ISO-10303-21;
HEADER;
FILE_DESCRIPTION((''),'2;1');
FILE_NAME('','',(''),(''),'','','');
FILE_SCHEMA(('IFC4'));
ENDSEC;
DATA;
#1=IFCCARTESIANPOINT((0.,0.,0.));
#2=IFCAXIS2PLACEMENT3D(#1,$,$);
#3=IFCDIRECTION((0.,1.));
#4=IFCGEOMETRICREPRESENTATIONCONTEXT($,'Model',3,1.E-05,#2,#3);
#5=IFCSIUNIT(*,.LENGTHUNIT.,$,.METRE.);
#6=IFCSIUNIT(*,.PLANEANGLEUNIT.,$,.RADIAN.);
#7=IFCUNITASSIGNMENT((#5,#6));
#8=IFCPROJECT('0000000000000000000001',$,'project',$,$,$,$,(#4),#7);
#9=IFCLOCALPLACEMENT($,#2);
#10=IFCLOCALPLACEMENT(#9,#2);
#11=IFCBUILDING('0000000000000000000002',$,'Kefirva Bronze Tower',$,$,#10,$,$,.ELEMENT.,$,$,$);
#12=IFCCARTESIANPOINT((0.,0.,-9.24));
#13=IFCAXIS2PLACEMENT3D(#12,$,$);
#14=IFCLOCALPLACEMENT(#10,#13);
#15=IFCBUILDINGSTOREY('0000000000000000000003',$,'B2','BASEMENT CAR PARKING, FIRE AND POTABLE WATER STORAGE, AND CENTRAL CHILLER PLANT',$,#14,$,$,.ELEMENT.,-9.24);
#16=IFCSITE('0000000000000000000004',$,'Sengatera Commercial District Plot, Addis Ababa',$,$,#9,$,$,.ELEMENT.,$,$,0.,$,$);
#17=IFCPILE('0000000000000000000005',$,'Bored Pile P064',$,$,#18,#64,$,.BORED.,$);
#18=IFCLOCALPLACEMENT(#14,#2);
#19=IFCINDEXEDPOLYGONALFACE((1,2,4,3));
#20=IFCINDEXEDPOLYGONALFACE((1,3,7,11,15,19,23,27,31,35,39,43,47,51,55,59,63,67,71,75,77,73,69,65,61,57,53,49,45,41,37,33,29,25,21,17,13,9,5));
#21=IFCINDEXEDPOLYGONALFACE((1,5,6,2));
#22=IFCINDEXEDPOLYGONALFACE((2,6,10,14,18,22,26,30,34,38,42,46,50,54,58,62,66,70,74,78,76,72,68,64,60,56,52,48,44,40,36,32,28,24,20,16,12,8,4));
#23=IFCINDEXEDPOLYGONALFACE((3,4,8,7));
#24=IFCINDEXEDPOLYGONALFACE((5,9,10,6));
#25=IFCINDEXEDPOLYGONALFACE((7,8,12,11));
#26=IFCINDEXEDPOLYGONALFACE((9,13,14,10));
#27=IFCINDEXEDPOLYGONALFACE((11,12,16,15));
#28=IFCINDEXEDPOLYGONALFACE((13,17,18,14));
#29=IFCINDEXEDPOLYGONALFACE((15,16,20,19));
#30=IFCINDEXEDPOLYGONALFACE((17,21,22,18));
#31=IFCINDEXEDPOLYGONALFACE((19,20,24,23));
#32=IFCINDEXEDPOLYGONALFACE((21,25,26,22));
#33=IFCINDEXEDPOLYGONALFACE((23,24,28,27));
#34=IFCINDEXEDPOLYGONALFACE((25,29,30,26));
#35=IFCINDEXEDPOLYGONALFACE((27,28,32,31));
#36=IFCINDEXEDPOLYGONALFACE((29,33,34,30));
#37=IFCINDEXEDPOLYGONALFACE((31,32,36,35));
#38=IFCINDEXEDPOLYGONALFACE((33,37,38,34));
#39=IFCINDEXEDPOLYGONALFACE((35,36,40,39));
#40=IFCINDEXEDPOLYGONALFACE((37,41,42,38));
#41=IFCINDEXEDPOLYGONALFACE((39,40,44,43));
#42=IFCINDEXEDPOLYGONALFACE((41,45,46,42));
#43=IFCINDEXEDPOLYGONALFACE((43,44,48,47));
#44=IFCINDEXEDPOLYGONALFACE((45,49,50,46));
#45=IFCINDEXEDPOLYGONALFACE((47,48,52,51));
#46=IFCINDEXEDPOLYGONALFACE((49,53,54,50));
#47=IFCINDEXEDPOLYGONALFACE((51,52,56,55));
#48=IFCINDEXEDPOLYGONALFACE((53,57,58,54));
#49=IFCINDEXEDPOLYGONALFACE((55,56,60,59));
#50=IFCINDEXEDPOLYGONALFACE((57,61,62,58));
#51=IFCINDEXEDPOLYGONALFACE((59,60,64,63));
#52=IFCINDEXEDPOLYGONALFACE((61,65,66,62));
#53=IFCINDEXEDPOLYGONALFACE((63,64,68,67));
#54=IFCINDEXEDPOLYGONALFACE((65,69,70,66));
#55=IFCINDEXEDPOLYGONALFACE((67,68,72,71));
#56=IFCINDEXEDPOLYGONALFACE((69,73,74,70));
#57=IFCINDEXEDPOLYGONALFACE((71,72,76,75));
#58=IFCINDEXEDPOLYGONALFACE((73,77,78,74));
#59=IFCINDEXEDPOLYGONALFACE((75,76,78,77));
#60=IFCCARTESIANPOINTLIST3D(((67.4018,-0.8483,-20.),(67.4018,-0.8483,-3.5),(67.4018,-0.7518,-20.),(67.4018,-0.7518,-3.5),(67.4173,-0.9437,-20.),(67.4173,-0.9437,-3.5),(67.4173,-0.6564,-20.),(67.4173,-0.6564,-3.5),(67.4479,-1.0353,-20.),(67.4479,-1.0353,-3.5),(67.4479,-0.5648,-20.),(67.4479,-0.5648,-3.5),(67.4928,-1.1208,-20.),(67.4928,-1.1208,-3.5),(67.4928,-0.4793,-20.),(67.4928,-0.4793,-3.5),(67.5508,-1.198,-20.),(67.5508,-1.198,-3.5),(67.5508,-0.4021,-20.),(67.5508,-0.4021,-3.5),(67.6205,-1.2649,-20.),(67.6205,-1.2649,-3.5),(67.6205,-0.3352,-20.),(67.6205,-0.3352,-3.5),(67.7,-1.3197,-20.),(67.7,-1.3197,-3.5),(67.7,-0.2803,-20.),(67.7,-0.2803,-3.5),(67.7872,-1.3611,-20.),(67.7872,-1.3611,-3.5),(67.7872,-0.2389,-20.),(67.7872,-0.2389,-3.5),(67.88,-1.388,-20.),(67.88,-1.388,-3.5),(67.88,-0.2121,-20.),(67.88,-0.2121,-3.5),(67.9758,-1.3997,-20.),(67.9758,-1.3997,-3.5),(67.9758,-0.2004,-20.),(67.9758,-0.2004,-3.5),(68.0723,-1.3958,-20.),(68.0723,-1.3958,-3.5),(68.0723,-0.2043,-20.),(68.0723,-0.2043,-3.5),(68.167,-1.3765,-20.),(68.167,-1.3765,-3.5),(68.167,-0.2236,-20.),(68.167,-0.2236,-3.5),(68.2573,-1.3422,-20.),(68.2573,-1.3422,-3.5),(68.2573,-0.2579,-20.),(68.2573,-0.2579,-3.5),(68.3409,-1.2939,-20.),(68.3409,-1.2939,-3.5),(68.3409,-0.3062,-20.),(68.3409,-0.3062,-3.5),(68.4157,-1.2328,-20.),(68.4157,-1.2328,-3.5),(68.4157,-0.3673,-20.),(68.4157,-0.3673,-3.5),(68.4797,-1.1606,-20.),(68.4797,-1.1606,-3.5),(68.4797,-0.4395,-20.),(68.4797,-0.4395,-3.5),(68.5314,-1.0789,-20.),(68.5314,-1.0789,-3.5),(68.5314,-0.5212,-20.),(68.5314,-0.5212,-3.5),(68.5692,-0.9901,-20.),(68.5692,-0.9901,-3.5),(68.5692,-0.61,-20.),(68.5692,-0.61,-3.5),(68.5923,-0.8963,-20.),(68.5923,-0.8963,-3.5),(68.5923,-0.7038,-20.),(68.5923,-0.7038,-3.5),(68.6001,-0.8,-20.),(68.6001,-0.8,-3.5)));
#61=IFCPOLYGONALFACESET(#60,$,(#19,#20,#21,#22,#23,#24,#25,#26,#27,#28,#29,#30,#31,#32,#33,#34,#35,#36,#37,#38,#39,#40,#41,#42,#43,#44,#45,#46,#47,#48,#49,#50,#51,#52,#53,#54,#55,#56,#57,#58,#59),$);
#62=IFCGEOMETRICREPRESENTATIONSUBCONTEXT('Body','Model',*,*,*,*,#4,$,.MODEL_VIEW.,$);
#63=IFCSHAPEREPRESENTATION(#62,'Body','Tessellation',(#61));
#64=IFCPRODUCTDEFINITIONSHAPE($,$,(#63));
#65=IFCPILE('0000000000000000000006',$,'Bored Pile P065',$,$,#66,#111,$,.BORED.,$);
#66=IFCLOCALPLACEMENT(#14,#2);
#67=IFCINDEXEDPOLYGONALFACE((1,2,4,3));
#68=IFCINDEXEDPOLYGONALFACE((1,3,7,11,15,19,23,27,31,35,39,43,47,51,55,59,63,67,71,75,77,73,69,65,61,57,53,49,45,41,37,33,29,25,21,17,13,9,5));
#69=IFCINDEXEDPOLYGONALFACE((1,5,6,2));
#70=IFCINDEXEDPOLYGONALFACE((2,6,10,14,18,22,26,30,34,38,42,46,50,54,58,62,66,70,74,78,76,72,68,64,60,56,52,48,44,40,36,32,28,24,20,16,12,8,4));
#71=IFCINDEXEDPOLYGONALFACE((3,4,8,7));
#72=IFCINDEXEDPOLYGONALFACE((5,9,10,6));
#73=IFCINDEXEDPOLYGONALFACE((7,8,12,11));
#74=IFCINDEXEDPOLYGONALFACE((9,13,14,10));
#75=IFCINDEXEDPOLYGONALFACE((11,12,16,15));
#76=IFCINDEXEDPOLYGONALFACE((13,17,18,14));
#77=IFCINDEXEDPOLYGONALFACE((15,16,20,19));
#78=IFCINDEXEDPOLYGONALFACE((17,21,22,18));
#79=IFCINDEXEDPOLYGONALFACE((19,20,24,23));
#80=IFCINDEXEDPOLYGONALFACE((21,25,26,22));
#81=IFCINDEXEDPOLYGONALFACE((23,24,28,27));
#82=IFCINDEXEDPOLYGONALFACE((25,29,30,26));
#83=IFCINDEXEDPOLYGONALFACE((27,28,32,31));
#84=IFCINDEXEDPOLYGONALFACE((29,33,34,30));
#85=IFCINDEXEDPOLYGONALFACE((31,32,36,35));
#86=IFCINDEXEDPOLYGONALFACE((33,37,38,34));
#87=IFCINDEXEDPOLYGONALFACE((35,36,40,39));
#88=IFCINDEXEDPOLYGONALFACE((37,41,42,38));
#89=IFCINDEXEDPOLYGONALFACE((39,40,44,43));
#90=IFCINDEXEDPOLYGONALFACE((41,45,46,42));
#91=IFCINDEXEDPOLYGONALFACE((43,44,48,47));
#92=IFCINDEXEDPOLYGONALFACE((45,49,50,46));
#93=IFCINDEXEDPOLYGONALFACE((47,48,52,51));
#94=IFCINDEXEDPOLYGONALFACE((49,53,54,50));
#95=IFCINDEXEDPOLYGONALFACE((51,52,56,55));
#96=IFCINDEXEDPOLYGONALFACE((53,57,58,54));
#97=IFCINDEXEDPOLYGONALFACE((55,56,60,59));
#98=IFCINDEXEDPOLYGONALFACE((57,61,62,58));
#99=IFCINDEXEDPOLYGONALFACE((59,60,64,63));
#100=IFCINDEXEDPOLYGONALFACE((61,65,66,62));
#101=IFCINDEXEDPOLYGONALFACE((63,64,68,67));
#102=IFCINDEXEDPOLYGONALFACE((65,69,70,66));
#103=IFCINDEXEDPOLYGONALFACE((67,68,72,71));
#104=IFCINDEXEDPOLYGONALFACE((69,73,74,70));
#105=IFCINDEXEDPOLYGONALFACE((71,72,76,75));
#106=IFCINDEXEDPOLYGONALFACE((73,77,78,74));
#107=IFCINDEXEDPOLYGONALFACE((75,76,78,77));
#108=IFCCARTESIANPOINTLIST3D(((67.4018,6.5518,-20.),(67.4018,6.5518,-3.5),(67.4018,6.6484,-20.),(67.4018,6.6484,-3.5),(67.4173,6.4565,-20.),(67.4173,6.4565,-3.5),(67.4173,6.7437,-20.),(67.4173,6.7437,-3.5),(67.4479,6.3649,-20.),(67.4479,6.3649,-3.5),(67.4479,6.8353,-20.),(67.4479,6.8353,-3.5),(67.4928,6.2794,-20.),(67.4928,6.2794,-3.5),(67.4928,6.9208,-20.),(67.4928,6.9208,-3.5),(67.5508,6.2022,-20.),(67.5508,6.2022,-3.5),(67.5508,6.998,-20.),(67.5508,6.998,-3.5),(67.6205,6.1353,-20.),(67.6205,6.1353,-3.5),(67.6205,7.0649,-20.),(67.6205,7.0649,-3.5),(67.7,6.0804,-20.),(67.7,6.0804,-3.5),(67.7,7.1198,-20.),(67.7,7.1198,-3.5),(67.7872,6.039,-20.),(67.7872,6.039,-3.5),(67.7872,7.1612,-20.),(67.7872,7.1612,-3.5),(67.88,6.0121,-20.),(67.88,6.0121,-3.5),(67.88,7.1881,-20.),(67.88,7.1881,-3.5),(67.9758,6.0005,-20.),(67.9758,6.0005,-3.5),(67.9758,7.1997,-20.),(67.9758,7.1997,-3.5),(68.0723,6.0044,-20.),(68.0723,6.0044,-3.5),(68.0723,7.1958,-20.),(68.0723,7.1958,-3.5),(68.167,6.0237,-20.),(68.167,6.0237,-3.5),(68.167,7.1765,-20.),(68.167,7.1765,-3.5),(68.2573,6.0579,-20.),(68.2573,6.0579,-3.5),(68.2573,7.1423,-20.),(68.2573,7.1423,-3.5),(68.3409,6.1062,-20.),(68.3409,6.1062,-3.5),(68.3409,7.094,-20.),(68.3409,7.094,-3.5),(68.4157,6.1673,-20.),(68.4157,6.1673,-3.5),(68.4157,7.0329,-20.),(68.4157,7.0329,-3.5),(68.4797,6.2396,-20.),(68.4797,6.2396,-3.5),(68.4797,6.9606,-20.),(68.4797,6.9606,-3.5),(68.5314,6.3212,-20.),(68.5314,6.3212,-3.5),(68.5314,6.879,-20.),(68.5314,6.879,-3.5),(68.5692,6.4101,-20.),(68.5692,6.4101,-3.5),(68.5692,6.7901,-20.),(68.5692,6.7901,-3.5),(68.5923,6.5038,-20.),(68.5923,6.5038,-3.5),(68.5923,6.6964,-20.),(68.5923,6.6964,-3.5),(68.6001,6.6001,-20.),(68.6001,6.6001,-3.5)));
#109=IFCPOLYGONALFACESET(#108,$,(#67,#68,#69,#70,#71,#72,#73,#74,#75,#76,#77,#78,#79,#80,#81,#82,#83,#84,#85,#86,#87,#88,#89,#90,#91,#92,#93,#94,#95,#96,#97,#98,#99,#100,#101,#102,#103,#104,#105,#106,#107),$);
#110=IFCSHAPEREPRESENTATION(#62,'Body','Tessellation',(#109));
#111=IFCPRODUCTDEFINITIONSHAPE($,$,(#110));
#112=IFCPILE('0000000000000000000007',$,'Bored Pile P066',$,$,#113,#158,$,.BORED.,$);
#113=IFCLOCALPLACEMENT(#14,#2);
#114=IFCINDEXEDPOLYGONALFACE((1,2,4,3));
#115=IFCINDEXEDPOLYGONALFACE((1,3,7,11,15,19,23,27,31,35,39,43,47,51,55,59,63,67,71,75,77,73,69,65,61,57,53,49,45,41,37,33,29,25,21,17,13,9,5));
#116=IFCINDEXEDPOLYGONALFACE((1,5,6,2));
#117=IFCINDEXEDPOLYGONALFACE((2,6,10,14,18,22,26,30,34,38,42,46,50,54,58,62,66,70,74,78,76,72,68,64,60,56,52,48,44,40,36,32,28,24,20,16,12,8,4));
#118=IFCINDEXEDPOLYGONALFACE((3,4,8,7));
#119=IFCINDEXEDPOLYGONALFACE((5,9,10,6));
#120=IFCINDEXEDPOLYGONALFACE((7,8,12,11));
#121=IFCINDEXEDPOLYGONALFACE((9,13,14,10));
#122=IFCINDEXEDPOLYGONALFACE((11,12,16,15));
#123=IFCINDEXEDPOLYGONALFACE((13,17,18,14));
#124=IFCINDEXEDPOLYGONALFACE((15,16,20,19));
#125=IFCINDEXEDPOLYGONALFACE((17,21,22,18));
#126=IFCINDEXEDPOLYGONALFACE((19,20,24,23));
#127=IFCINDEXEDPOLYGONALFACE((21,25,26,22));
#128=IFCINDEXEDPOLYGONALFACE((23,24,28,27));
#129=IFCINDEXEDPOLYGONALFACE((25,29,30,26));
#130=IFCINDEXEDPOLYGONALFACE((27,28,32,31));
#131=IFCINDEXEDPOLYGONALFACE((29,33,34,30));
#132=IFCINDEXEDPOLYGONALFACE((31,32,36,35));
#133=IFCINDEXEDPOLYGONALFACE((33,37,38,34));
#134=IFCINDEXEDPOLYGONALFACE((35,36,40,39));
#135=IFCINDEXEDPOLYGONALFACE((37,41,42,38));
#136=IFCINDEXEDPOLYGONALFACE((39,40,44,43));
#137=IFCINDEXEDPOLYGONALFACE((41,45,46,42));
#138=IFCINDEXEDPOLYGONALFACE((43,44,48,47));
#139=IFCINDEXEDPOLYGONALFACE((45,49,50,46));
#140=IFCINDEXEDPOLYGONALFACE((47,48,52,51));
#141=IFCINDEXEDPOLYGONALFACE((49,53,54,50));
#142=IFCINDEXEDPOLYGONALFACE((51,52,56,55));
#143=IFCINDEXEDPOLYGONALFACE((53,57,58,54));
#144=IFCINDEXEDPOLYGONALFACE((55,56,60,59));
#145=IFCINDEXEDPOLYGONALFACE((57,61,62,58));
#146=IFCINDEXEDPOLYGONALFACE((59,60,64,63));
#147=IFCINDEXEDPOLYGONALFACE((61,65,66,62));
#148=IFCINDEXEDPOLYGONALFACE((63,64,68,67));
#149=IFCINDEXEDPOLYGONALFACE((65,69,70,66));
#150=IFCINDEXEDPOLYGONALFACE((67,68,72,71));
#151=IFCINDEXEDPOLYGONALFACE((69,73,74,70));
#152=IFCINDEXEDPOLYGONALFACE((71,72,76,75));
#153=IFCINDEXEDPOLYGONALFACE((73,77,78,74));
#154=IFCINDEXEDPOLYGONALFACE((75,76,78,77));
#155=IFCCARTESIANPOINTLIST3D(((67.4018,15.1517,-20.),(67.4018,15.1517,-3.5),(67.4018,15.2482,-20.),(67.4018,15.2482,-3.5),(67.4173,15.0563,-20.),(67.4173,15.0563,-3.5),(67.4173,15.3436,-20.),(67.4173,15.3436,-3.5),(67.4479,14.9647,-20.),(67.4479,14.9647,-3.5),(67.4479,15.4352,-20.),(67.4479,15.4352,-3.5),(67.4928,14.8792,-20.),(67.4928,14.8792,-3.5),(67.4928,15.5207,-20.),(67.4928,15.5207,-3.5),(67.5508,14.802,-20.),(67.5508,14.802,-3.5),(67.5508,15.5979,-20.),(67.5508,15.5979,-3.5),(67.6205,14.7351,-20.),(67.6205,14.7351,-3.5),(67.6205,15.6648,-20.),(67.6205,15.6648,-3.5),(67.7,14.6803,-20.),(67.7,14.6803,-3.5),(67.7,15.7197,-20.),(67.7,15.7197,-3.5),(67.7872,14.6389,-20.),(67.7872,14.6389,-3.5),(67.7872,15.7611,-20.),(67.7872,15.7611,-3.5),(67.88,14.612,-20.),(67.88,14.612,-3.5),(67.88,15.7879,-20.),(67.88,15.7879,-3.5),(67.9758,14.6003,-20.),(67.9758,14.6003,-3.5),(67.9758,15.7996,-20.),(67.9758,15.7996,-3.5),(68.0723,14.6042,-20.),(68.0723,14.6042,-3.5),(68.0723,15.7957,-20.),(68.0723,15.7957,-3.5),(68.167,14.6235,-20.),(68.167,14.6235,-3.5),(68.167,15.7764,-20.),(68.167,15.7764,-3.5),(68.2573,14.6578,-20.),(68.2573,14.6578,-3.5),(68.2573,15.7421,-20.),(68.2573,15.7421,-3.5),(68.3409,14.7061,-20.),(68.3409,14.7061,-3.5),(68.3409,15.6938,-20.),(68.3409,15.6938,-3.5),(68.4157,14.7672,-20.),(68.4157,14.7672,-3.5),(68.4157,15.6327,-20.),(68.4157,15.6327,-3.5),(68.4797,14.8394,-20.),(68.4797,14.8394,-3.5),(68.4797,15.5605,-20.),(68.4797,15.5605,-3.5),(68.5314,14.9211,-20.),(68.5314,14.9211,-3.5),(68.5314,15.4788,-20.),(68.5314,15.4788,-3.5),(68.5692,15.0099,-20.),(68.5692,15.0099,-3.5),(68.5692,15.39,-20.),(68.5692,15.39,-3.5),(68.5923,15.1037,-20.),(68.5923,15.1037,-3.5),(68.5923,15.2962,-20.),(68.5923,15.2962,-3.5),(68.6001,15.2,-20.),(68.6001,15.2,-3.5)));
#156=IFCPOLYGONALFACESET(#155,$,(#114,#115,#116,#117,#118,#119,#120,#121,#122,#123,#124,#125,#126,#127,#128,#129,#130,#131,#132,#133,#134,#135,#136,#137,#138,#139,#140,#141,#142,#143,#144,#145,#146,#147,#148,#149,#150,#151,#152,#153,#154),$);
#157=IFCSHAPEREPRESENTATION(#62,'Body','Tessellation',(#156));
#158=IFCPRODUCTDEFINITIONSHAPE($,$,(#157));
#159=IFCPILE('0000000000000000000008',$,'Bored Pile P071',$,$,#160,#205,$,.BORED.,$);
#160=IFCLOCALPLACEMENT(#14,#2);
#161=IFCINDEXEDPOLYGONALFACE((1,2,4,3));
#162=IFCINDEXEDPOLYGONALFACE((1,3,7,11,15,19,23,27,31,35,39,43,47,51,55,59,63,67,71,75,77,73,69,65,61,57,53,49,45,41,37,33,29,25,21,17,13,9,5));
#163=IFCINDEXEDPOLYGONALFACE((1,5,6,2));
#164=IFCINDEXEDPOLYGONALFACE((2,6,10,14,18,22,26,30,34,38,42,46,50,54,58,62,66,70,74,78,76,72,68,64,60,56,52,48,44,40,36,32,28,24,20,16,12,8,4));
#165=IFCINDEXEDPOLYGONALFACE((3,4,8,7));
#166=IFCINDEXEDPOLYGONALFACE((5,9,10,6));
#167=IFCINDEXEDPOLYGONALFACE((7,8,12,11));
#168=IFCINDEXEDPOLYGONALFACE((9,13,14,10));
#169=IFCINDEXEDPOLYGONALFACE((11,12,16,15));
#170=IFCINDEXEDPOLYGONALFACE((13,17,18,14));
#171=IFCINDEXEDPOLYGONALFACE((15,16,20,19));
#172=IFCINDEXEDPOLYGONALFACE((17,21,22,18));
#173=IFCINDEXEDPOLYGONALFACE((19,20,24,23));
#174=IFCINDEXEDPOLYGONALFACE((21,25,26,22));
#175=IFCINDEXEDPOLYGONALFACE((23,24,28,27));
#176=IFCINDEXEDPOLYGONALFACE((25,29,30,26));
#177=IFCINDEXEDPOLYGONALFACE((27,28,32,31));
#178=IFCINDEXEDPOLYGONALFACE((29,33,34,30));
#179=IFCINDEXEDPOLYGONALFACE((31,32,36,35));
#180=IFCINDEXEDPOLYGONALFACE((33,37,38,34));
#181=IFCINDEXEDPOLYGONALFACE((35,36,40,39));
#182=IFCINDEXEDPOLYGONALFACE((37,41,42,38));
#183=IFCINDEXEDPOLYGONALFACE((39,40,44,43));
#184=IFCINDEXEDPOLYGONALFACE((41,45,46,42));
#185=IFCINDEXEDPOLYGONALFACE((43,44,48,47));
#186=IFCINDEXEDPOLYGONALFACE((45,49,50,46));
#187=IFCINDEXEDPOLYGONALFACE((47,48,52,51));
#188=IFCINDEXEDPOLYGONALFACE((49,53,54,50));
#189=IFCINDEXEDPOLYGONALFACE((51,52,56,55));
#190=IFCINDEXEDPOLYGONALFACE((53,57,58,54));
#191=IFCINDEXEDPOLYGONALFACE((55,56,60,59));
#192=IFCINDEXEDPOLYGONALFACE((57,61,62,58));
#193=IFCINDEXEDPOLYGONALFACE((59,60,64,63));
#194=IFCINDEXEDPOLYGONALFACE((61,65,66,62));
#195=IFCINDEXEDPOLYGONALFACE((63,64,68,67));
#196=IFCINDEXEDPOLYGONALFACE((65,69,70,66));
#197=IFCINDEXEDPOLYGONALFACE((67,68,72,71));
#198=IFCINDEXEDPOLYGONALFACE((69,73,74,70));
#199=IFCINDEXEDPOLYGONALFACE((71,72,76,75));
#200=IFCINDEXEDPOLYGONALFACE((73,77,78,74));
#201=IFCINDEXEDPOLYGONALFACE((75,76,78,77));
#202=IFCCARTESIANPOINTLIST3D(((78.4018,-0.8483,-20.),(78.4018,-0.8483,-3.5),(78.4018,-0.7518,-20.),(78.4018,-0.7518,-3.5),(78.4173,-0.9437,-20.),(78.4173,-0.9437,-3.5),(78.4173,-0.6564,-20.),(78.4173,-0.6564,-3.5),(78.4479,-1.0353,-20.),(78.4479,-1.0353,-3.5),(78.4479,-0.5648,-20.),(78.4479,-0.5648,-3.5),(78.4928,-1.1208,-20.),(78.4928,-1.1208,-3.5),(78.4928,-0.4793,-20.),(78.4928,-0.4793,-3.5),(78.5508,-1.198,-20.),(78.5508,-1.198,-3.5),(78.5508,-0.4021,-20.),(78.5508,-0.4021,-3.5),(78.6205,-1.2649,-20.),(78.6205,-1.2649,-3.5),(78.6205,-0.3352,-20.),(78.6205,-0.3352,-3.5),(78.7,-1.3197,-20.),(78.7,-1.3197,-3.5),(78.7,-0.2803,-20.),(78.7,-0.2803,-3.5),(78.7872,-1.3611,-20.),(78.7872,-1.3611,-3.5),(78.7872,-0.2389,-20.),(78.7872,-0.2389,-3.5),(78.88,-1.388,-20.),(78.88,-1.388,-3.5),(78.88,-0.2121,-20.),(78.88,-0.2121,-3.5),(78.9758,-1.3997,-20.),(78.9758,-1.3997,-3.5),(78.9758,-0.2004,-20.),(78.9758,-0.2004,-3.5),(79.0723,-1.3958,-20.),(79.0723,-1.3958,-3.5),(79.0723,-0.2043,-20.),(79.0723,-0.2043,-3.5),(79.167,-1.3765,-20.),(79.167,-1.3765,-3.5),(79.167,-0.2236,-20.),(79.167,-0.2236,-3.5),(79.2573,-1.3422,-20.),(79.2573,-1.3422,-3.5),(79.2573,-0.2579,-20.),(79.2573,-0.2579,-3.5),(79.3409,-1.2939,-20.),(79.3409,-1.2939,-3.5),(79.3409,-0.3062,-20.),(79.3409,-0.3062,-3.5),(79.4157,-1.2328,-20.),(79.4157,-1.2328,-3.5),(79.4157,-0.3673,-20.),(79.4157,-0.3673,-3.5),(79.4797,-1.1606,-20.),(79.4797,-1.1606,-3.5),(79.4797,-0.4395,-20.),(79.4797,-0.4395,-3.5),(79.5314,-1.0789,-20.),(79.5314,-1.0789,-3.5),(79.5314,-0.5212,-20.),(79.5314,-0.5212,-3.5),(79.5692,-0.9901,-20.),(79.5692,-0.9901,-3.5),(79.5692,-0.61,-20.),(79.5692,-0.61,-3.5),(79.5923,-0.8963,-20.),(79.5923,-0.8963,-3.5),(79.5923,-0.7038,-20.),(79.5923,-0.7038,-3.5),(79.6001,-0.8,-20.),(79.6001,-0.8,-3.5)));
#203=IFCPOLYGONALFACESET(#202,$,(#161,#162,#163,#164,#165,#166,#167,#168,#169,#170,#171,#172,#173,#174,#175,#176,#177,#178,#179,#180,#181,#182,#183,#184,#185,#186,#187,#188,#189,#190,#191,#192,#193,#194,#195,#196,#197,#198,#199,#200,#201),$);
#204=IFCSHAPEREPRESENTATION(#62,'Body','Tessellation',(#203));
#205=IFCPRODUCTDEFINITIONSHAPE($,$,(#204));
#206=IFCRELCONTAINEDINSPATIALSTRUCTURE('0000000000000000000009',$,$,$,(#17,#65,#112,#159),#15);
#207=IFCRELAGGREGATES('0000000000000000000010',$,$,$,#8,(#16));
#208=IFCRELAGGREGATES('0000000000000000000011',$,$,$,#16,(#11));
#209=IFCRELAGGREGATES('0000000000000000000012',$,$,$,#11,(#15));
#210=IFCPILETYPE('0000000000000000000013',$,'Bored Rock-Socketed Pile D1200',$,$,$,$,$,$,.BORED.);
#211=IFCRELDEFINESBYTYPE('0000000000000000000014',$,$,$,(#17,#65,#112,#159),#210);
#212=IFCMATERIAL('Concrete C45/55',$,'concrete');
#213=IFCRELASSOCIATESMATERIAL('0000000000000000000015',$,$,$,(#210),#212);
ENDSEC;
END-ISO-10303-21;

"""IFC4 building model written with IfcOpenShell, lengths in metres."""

from ifc_helpers import new_model, si_unit, direction, frame, origin, origin_2d, place, context, subcontext, project, spatial, circle, extrude, material, material_profile, profile_set, type_object, element, save


model = new_model("IFC4")

# Units and contexts
model_context = context("Model", 3, precision=1e-05, world=origin(), true_north=direction((0.0, 1.0)))
body_context = subcontext(model_context, "Body", "Model", "MODEL_VIEW")
ifc_project = project(units=[si_unit("LENGTHUNIT", "METRE"), si_unit("PLANEANGLEUNIT", "RADIAN")], contexts=[model_context])

# Site, building, storey
site_placement = place(None, origin())
site = spatial("IfcSite", under=ifc_project, at=site_placement, Name="Sengatera Commercial District Plot, Addis Ababa", CompositionType="ELEMENT", RefElevation=0.0)
building_placement = place(site_placement, origin())
building = spatial("IfcBuilding", under=site, at=building_placement, Name="Kefirva Bronze Tower", CompositionType="ELEMENT")
storey_placement = place(building_placement, frame((0.0, 0.0, -9.24)))
storey = spatial("IfcBuildingStorey", under=building, at=storey_placement, Name="B2", Description="BASEMENT CAR PARKING, FIRE AND POTABLE WATER STORAGE, AND CENTRAL CHILLER PLANT", CompositionType="ELEMENT", Elevation=-9.24)

# Piles
ifc_material_1 = material(Name="Concrete C45/55", Category="concrete")
ifc_material_profile_1 = material_profile(ifc_material_1, circle(Radius=0.6001, at=origin_2d()), Name="BORED PILE D1200")
ifc_profile_set_1 = profile_set([ifc_material_profile_1], Name="Concrete C45/55")
pile_type = type_object("IfcPileType", Name="Bored Rock-Socketed Pile D1200", PredefinedType="BORED", material=ifc_profile_set_1)
for number, where, z_axis, x_axis, name in (
    (1, (68.0, -0.8, -3.5), (0.0, 0.0, -1.0), (1.0, 0.0, 0.0), "Bored Pile P064"),
    (2, (68.0, 6.6001, -3.5), (0.0, 0.0, -1.0), (1.0, 0.0, 0.0), "Bored Pile P065"),
    (3, (68.0, 15.2, -3.5), (0.0, 0.0, -1.0), (1.0, 0.0, 0.0), "Bored Pile P066"),
    (4, (79.0, -0.8, -3.5), (0.0, 0.0, -1.0), (1.0, 0.0, 0.0), "Bored Pile P071"),
):
    element("IfcPile", number, at=place(storey_placement, frame(where, z_axis=z_axis, x_axis=x_axis)), inside=storey, type_object=pile_type, Name=name, PredefinedType="BORED", context=body_context, shape_type="SweptSolid", body=[
        extrude(circle(Radius=0.6001, at=origin_2d()), origin(), (0.0, 0.0, 1.0), 16.5),
    ])

save(model, "model.ifc")
